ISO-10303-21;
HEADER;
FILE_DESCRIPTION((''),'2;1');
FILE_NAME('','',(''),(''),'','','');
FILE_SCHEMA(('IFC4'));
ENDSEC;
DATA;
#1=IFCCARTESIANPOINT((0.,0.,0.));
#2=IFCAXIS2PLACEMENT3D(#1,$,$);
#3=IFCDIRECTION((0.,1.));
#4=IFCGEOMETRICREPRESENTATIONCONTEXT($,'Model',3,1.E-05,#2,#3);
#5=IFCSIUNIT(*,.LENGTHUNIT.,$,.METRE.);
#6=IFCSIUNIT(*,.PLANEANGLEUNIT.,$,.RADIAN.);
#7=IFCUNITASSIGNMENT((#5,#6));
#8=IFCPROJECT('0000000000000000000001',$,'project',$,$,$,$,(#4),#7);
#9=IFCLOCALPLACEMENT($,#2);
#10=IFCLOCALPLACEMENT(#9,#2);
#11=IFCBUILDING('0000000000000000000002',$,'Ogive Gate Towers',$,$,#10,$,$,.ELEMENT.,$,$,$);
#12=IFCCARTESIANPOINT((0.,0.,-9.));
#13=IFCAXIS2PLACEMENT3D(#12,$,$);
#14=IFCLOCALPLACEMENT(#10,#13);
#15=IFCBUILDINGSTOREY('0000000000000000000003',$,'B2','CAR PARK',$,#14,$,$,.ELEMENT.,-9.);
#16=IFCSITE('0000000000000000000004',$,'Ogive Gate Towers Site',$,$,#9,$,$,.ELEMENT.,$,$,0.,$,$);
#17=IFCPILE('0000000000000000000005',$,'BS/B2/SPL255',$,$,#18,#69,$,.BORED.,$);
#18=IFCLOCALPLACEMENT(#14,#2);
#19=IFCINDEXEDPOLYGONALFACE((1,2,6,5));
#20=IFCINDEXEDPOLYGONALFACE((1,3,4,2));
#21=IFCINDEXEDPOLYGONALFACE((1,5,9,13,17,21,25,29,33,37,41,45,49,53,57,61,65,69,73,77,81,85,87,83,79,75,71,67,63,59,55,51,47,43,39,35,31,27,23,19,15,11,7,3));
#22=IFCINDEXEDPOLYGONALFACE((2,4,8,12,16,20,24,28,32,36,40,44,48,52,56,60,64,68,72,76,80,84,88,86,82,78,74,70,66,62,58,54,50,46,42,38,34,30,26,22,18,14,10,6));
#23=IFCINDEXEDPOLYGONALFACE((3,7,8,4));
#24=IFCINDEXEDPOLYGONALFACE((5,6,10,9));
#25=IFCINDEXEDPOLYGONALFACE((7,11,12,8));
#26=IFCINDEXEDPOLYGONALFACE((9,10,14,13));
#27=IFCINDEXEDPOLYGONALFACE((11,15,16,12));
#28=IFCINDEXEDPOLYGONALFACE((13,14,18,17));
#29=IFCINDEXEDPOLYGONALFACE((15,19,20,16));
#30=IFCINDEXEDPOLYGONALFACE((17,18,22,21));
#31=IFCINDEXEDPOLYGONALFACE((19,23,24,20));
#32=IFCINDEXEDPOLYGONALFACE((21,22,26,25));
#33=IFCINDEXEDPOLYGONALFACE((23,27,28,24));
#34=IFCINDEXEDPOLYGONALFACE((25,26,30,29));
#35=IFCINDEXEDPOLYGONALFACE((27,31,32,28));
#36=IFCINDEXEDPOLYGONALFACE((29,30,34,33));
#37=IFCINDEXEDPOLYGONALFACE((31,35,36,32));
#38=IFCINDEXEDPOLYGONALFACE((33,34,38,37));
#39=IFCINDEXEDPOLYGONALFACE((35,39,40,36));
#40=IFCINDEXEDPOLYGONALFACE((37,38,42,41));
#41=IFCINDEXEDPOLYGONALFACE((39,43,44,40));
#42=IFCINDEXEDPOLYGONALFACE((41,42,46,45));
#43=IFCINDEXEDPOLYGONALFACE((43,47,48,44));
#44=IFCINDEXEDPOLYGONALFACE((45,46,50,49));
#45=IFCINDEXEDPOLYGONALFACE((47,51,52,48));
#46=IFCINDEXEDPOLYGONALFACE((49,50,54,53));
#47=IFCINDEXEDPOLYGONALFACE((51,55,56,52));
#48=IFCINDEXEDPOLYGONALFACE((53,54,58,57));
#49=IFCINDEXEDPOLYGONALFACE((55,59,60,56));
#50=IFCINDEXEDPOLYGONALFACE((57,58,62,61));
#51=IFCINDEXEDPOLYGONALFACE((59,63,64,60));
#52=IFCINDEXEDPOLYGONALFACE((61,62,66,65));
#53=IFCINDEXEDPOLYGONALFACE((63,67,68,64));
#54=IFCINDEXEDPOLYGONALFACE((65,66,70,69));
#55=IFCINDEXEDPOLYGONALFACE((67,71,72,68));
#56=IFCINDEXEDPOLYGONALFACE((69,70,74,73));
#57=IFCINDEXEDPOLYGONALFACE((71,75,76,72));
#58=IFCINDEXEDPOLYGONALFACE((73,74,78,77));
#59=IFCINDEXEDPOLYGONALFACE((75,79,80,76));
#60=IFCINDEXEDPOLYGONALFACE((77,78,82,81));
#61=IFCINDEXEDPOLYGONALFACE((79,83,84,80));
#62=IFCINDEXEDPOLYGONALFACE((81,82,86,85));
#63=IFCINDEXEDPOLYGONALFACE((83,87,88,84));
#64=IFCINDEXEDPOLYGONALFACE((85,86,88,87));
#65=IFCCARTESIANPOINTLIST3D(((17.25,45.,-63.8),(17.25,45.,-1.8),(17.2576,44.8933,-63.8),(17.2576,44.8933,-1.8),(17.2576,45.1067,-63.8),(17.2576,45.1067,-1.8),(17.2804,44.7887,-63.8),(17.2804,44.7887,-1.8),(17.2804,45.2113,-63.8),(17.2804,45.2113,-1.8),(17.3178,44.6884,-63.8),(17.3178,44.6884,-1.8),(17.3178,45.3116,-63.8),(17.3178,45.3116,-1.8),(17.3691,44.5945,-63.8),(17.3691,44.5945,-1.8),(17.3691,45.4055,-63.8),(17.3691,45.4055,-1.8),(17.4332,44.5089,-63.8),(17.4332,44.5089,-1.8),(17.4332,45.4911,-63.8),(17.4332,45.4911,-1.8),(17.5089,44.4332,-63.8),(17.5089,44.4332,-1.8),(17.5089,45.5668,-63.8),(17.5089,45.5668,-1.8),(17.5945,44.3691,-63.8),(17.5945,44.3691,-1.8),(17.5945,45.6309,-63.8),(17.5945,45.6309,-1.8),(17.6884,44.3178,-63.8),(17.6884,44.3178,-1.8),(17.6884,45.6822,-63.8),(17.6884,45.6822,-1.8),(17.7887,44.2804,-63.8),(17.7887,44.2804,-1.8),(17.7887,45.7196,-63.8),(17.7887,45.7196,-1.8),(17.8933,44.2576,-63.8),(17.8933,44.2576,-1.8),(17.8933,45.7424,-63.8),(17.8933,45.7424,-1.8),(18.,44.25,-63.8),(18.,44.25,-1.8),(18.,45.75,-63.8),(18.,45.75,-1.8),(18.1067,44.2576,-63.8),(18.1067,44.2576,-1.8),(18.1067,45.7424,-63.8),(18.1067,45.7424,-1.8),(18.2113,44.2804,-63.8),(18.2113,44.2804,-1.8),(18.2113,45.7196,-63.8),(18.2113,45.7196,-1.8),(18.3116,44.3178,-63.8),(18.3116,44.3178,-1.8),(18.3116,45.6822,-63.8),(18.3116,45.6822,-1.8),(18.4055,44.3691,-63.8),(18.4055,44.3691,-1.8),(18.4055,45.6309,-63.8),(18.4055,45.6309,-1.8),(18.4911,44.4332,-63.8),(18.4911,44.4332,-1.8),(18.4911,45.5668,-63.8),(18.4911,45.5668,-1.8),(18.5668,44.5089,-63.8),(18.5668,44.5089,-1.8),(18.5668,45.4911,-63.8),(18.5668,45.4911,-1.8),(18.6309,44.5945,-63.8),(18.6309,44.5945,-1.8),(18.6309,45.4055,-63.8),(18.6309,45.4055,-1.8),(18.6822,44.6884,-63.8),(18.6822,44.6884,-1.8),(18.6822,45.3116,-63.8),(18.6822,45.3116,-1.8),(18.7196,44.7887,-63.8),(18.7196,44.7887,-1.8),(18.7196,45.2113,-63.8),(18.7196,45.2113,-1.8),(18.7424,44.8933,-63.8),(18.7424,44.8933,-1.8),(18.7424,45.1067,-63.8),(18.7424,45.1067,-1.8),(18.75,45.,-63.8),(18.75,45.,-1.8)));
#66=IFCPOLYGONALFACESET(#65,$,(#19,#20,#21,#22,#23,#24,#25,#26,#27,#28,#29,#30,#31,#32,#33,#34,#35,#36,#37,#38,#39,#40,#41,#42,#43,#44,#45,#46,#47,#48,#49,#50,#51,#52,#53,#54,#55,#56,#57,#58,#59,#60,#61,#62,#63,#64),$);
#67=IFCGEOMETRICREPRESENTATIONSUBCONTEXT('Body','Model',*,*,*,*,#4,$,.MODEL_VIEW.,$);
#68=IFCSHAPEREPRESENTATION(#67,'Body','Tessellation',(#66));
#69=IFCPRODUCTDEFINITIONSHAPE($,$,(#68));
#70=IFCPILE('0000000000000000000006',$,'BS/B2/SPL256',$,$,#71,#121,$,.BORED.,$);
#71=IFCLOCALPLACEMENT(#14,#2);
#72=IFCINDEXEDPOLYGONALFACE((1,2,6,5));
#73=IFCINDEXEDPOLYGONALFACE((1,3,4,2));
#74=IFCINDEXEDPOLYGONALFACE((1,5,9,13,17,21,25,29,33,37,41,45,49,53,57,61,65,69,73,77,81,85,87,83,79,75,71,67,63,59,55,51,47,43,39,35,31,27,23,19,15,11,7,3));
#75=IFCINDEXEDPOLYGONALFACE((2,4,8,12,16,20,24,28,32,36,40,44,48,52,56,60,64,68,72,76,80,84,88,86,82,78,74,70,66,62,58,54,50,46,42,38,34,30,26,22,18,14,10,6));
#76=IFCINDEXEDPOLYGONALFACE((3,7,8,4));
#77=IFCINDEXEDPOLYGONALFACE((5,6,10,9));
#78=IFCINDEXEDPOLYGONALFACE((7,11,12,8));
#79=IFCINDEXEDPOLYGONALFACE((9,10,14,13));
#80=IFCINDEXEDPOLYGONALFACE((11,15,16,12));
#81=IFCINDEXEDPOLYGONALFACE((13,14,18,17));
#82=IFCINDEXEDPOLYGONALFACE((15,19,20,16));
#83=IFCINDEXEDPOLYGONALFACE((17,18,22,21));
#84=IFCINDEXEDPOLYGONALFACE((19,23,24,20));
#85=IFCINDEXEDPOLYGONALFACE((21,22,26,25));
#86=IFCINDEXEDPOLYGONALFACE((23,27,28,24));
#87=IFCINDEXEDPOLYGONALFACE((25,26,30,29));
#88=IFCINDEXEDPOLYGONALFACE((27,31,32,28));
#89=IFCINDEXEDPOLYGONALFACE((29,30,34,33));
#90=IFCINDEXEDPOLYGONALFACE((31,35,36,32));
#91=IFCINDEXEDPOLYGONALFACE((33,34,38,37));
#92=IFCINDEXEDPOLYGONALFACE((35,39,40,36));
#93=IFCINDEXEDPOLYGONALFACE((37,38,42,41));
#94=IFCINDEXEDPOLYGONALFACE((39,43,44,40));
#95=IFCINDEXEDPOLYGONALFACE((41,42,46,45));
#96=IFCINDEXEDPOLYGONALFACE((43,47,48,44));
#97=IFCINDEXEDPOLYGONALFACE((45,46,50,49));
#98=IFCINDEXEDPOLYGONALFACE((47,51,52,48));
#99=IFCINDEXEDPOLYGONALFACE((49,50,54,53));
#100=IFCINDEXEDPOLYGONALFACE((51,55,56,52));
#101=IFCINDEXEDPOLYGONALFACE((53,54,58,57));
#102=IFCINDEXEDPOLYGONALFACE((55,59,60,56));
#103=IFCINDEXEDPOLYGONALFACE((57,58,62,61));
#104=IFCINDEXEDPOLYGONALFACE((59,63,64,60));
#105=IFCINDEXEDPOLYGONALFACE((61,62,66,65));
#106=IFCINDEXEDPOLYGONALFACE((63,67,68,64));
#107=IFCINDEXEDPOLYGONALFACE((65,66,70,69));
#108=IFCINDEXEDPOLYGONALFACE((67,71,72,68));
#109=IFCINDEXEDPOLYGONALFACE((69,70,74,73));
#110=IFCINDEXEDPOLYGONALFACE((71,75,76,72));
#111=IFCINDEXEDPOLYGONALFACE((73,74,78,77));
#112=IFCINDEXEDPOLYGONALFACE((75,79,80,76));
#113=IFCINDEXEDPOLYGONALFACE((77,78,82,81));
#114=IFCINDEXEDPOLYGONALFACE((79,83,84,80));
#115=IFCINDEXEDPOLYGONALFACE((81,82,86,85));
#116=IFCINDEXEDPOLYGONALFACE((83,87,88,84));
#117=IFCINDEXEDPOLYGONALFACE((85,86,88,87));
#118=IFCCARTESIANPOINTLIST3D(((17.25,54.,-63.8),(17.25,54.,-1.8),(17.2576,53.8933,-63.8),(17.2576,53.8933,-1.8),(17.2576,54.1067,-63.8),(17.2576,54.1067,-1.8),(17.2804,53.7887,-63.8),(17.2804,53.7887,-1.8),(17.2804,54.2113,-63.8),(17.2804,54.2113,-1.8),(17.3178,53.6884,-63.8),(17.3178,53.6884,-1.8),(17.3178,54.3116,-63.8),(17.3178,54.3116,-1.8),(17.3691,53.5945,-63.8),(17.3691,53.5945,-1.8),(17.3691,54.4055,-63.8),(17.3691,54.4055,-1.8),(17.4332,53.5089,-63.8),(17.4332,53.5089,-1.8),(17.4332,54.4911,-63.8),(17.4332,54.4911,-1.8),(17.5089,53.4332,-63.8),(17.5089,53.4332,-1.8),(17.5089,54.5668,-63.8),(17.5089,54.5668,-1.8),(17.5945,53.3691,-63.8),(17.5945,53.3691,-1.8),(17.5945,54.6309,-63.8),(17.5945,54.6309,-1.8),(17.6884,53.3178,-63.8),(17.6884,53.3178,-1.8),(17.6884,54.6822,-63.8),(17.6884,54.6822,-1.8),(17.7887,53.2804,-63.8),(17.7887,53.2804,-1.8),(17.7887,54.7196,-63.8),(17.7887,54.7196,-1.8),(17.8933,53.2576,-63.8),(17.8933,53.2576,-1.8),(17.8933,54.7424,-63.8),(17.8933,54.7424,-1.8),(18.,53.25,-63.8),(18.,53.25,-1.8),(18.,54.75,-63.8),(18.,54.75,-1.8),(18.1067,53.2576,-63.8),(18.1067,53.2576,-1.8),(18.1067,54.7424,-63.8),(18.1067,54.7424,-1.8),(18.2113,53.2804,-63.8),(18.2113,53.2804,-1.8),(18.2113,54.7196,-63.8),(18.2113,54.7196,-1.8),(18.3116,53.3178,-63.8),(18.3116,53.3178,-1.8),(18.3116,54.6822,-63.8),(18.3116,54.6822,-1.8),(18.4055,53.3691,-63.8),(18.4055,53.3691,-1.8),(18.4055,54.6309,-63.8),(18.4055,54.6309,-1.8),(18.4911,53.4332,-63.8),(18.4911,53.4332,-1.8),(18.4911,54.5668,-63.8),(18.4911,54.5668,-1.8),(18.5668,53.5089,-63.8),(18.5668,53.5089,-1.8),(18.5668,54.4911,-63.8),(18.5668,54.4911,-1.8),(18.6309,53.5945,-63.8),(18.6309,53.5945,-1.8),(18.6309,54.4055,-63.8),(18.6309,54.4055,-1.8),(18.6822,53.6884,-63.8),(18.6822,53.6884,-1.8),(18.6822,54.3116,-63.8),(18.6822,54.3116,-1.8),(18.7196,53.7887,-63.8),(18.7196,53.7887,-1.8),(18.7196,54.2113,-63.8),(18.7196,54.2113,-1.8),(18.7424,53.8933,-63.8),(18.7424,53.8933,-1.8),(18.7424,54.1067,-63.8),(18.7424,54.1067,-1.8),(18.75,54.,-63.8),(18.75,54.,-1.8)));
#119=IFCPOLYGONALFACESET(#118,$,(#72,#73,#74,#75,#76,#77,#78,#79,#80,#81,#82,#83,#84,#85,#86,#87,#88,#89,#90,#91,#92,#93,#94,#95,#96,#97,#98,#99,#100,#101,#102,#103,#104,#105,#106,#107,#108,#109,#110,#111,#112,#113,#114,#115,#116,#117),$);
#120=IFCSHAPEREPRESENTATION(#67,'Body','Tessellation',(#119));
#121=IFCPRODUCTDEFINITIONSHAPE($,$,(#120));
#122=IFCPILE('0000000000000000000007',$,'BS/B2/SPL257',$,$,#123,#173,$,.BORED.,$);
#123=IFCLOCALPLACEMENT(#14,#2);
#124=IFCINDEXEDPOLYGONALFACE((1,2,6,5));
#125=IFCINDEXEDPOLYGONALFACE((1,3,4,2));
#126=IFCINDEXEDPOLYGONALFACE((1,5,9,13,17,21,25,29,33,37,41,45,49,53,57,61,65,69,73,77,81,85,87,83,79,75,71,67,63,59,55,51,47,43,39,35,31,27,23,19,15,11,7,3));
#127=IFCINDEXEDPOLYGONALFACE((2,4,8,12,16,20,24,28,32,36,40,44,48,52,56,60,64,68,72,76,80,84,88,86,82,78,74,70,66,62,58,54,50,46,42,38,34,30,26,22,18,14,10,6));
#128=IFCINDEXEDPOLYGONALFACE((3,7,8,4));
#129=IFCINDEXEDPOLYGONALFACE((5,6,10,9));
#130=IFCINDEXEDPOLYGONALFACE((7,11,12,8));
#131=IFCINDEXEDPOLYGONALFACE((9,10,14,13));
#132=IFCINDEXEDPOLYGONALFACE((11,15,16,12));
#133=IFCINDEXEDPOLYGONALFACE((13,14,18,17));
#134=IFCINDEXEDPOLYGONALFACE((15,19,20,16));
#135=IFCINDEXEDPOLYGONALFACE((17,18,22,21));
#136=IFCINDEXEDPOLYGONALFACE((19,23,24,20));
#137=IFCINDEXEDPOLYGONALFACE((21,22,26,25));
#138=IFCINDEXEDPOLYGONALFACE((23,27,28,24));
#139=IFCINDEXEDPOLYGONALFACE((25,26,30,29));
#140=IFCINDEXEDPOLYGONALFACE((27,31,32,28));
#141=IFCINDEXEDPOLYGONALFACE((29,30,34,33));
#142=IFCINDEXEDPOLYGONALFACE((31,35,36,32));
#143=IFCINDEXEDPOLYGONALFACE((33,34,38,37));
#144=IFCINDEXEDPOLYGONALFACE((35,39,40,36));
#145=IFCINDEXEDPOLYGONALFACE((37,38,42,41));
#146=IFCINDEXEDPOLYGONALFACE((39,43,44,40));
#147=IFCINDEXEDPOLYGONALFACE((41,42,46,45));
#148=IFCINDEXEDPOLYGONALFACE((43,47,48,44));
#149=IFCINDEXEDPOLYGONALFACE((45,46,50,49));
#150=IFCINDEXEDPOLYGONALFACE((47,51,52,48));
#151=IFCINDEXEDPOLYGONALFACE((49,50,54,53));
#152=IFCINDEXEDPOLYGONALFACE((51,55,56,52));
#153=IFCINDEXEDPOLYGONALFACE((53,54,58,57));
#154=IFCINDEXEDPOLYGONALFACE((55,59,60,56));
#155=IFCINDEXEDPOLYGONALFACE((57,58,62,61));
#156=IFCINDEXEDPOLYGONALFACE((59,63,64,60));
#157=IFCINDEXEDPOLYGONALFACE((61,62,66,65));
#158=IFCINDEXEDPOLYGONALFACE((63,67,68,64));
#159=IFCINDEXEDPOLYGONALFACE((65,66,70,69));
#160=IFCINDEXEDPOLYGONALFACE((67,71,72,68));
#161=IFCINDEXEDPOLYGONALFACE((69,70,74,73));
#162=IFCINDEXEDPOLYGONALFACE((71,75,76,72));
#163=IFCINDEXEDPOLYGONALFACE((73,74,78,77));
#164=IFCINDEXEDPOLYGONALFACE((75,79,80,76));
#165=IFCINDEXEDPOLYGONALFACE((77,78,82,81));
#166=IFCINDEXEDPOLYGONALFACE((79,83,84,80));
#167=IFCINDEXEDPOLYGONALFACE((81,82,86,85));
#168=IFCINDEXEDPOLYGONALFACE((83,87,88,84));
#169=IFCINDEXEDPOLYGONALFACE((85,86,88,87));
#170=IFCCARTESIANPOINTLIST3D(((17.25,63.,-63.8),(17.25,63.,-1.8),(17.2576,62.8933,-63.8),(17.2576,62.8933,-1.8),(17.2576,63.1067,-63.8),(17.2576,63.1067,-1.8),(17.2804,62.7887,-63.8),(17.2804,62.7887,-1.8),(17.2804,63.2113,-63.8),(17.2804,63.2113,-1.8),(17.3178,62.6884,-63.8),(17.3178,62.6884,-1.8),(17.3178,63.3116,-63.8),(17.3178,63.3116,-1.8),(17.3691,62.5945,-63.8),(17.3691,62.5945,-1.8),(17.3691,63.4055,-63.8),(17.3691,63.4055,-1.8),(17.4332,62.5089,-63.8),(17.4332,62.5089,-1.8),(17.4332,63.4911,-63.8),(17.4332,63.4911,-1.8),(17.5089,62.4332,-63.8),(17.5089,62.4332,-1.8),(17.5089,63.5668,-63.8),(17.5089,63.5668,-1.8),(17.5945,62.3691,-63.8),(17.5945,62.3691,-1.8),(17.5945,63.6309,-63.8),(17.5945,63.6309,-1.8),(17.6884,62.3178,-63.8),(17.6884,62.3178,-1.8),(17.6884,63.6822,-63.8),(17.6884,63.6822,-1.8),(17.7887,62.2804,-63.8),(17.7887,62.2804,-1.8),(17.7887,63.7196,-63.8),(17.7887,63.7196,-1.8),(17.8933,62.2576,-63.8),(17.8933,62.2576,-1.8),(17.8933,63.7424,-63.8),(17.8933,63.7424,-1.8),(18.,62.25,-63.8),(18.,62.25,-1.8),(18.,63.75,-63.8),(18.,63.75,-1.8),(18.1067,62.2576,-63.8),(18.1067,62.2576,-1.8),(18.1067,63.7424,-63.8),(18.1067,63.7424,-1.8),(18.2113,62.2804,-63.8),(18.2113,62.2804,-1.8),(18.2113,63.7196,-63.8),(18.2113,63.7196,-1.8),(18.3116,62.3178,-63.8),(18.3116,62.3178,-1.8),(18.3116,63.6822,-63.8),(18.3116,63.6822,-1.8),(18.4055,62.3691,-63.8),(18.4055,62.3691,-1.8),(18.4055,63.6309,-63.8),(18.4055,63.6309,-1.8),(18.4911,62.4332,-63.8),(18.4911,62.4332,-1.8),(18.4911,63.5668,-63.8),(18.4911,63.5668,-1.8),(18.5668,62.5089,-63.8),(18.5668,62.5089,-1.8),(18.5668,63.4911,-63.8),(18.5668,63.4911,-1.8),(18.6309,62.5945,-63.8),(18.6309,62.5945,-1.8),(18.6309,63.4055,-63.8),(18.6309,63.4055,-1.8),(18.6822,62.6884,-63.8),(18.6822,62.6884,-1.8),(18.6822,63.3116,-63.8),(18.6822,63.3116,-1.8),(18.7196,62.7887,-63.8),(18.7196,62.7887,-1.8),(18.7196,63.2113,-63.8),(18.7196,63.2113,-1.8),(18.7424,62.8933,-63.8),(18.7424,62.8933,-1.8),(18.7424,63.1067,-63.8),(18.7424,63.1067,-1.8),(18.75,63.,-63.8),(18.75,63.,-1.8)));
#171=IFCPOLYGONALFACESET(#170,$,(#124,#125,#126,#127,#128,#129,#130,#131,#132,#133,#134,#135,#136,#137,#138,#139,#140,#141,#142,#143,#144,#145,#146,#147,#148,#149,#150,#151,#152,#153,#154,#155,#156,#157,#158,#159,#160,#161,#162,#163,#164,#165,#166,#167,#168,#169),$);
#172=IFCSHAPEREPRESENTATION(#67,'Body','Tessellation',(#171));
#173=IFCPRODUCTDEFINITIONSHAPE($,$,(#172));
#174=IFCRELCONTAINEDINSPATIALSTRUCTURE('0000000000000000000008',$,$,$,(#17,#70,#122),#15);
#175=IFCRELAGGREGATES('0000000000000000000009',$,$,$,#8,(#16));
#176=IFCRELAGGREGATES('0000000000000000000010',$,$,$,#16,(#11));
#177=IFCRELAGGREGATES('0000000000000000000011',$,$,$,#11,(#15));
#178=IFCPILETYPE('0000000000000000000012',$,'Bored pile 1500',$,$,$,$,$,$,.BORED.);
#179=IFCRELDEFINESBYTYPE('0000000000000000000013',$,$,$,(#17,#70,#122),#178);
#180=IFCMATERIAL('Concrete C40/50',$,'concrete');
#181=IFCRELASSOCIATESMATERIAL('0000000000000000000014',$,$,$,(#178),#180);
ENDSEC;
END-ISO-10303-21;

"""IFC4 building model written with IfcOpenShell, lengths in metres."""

from ifc_helpers import new_model, si_unit, direction, frame, origin, origin_2d, place, context, subcontext, project, spatial, circle, extrude, material, material_profile, profile_set, type_object, element, save


model = new_model("IFC4")

# Units and contexts
model_context = context("Model", 3, precision=1e-05, world=origin(), true_north=direction((0.0, 1.0)))
body_context = subcontext(model_context, "Body", "Model", "MODEL_VIEW")
ifc_project = project(units=[si_unit("LENGTHUNIT", "METRE"), si_unit("PLANEANGLEUNIT", "RADIAN")], contexts=[model_context])

# Site, building, storey
site_placement = place(None, origin())
site = spatial("IfcSite", under=ifc_project, at=site_placement, Name="Ogive Gate Towers Site", CompositionType="ELEMENT", RefElevation=0.0)
building_placement = place(site_placement, origin())
building = spatial("IfcBuilding", under=site, at=building_placement, Name="Ogive Gate Towers", CompositionType="ELEMENT")
storey_placement = place(building_placement, frame((0.0, 0.0, -9.0)))
storey = spatial("IfcBuildingStorey", under=building, at=storey_placement, Name="B2", Description="CAR PARK", CompositionType="ELEMENT", Elevation=-9.0)

# Piles
ifc_material_1 = material(Name="Concrete C40/50", Category="concrete")
ifc_material_profile_1 = material_profile(ifc_material_1, circle(Radius=0.75, at=origin_2d()), Name="BP 1500")
ifc_profile_set_1 = profile_set([ifc_material_profile_1], Name="Concrete C40/50")
pile_type = type_object("IfcPileType", Name="Bored pile 1500", PredefinedType="BORED", material=ifc_profile_set_1)
for number, where, z_axis, x_axis, name in (
    (1, (18.0, 45.0, -1.8), (0.0, 0.0, -1.0), (1.0, 0.0, 0.0), "BS/B2/SPL255"),
    (2, (18.0, 54.0, -1.8), (0.0, 0.0, -1.0), (1.0, 0.0, 0.0), "BS/B2/SPL256"),
    (3, (18.0, 63.0, -1.8), (0.0, 0.0, -1.0), (1.0, 0.0, 0.0), "BS/B2/SPL257"),
):
    element("IfcPile", number, at=place(storey_placement, frame(where, z_axis=z_axis, x_axis=x_axis)), inside=storey, type_object=pile_type, Name=name, PredefinedType="BORED", context=body_context, shape_type="SweptSolid", body=[
        extrude(circle(Radius=0.75, at=origin_2d()), origin(), (0.0, 0.0, 1.0), 62.0),
    ])

save(model, "model.ifc")
